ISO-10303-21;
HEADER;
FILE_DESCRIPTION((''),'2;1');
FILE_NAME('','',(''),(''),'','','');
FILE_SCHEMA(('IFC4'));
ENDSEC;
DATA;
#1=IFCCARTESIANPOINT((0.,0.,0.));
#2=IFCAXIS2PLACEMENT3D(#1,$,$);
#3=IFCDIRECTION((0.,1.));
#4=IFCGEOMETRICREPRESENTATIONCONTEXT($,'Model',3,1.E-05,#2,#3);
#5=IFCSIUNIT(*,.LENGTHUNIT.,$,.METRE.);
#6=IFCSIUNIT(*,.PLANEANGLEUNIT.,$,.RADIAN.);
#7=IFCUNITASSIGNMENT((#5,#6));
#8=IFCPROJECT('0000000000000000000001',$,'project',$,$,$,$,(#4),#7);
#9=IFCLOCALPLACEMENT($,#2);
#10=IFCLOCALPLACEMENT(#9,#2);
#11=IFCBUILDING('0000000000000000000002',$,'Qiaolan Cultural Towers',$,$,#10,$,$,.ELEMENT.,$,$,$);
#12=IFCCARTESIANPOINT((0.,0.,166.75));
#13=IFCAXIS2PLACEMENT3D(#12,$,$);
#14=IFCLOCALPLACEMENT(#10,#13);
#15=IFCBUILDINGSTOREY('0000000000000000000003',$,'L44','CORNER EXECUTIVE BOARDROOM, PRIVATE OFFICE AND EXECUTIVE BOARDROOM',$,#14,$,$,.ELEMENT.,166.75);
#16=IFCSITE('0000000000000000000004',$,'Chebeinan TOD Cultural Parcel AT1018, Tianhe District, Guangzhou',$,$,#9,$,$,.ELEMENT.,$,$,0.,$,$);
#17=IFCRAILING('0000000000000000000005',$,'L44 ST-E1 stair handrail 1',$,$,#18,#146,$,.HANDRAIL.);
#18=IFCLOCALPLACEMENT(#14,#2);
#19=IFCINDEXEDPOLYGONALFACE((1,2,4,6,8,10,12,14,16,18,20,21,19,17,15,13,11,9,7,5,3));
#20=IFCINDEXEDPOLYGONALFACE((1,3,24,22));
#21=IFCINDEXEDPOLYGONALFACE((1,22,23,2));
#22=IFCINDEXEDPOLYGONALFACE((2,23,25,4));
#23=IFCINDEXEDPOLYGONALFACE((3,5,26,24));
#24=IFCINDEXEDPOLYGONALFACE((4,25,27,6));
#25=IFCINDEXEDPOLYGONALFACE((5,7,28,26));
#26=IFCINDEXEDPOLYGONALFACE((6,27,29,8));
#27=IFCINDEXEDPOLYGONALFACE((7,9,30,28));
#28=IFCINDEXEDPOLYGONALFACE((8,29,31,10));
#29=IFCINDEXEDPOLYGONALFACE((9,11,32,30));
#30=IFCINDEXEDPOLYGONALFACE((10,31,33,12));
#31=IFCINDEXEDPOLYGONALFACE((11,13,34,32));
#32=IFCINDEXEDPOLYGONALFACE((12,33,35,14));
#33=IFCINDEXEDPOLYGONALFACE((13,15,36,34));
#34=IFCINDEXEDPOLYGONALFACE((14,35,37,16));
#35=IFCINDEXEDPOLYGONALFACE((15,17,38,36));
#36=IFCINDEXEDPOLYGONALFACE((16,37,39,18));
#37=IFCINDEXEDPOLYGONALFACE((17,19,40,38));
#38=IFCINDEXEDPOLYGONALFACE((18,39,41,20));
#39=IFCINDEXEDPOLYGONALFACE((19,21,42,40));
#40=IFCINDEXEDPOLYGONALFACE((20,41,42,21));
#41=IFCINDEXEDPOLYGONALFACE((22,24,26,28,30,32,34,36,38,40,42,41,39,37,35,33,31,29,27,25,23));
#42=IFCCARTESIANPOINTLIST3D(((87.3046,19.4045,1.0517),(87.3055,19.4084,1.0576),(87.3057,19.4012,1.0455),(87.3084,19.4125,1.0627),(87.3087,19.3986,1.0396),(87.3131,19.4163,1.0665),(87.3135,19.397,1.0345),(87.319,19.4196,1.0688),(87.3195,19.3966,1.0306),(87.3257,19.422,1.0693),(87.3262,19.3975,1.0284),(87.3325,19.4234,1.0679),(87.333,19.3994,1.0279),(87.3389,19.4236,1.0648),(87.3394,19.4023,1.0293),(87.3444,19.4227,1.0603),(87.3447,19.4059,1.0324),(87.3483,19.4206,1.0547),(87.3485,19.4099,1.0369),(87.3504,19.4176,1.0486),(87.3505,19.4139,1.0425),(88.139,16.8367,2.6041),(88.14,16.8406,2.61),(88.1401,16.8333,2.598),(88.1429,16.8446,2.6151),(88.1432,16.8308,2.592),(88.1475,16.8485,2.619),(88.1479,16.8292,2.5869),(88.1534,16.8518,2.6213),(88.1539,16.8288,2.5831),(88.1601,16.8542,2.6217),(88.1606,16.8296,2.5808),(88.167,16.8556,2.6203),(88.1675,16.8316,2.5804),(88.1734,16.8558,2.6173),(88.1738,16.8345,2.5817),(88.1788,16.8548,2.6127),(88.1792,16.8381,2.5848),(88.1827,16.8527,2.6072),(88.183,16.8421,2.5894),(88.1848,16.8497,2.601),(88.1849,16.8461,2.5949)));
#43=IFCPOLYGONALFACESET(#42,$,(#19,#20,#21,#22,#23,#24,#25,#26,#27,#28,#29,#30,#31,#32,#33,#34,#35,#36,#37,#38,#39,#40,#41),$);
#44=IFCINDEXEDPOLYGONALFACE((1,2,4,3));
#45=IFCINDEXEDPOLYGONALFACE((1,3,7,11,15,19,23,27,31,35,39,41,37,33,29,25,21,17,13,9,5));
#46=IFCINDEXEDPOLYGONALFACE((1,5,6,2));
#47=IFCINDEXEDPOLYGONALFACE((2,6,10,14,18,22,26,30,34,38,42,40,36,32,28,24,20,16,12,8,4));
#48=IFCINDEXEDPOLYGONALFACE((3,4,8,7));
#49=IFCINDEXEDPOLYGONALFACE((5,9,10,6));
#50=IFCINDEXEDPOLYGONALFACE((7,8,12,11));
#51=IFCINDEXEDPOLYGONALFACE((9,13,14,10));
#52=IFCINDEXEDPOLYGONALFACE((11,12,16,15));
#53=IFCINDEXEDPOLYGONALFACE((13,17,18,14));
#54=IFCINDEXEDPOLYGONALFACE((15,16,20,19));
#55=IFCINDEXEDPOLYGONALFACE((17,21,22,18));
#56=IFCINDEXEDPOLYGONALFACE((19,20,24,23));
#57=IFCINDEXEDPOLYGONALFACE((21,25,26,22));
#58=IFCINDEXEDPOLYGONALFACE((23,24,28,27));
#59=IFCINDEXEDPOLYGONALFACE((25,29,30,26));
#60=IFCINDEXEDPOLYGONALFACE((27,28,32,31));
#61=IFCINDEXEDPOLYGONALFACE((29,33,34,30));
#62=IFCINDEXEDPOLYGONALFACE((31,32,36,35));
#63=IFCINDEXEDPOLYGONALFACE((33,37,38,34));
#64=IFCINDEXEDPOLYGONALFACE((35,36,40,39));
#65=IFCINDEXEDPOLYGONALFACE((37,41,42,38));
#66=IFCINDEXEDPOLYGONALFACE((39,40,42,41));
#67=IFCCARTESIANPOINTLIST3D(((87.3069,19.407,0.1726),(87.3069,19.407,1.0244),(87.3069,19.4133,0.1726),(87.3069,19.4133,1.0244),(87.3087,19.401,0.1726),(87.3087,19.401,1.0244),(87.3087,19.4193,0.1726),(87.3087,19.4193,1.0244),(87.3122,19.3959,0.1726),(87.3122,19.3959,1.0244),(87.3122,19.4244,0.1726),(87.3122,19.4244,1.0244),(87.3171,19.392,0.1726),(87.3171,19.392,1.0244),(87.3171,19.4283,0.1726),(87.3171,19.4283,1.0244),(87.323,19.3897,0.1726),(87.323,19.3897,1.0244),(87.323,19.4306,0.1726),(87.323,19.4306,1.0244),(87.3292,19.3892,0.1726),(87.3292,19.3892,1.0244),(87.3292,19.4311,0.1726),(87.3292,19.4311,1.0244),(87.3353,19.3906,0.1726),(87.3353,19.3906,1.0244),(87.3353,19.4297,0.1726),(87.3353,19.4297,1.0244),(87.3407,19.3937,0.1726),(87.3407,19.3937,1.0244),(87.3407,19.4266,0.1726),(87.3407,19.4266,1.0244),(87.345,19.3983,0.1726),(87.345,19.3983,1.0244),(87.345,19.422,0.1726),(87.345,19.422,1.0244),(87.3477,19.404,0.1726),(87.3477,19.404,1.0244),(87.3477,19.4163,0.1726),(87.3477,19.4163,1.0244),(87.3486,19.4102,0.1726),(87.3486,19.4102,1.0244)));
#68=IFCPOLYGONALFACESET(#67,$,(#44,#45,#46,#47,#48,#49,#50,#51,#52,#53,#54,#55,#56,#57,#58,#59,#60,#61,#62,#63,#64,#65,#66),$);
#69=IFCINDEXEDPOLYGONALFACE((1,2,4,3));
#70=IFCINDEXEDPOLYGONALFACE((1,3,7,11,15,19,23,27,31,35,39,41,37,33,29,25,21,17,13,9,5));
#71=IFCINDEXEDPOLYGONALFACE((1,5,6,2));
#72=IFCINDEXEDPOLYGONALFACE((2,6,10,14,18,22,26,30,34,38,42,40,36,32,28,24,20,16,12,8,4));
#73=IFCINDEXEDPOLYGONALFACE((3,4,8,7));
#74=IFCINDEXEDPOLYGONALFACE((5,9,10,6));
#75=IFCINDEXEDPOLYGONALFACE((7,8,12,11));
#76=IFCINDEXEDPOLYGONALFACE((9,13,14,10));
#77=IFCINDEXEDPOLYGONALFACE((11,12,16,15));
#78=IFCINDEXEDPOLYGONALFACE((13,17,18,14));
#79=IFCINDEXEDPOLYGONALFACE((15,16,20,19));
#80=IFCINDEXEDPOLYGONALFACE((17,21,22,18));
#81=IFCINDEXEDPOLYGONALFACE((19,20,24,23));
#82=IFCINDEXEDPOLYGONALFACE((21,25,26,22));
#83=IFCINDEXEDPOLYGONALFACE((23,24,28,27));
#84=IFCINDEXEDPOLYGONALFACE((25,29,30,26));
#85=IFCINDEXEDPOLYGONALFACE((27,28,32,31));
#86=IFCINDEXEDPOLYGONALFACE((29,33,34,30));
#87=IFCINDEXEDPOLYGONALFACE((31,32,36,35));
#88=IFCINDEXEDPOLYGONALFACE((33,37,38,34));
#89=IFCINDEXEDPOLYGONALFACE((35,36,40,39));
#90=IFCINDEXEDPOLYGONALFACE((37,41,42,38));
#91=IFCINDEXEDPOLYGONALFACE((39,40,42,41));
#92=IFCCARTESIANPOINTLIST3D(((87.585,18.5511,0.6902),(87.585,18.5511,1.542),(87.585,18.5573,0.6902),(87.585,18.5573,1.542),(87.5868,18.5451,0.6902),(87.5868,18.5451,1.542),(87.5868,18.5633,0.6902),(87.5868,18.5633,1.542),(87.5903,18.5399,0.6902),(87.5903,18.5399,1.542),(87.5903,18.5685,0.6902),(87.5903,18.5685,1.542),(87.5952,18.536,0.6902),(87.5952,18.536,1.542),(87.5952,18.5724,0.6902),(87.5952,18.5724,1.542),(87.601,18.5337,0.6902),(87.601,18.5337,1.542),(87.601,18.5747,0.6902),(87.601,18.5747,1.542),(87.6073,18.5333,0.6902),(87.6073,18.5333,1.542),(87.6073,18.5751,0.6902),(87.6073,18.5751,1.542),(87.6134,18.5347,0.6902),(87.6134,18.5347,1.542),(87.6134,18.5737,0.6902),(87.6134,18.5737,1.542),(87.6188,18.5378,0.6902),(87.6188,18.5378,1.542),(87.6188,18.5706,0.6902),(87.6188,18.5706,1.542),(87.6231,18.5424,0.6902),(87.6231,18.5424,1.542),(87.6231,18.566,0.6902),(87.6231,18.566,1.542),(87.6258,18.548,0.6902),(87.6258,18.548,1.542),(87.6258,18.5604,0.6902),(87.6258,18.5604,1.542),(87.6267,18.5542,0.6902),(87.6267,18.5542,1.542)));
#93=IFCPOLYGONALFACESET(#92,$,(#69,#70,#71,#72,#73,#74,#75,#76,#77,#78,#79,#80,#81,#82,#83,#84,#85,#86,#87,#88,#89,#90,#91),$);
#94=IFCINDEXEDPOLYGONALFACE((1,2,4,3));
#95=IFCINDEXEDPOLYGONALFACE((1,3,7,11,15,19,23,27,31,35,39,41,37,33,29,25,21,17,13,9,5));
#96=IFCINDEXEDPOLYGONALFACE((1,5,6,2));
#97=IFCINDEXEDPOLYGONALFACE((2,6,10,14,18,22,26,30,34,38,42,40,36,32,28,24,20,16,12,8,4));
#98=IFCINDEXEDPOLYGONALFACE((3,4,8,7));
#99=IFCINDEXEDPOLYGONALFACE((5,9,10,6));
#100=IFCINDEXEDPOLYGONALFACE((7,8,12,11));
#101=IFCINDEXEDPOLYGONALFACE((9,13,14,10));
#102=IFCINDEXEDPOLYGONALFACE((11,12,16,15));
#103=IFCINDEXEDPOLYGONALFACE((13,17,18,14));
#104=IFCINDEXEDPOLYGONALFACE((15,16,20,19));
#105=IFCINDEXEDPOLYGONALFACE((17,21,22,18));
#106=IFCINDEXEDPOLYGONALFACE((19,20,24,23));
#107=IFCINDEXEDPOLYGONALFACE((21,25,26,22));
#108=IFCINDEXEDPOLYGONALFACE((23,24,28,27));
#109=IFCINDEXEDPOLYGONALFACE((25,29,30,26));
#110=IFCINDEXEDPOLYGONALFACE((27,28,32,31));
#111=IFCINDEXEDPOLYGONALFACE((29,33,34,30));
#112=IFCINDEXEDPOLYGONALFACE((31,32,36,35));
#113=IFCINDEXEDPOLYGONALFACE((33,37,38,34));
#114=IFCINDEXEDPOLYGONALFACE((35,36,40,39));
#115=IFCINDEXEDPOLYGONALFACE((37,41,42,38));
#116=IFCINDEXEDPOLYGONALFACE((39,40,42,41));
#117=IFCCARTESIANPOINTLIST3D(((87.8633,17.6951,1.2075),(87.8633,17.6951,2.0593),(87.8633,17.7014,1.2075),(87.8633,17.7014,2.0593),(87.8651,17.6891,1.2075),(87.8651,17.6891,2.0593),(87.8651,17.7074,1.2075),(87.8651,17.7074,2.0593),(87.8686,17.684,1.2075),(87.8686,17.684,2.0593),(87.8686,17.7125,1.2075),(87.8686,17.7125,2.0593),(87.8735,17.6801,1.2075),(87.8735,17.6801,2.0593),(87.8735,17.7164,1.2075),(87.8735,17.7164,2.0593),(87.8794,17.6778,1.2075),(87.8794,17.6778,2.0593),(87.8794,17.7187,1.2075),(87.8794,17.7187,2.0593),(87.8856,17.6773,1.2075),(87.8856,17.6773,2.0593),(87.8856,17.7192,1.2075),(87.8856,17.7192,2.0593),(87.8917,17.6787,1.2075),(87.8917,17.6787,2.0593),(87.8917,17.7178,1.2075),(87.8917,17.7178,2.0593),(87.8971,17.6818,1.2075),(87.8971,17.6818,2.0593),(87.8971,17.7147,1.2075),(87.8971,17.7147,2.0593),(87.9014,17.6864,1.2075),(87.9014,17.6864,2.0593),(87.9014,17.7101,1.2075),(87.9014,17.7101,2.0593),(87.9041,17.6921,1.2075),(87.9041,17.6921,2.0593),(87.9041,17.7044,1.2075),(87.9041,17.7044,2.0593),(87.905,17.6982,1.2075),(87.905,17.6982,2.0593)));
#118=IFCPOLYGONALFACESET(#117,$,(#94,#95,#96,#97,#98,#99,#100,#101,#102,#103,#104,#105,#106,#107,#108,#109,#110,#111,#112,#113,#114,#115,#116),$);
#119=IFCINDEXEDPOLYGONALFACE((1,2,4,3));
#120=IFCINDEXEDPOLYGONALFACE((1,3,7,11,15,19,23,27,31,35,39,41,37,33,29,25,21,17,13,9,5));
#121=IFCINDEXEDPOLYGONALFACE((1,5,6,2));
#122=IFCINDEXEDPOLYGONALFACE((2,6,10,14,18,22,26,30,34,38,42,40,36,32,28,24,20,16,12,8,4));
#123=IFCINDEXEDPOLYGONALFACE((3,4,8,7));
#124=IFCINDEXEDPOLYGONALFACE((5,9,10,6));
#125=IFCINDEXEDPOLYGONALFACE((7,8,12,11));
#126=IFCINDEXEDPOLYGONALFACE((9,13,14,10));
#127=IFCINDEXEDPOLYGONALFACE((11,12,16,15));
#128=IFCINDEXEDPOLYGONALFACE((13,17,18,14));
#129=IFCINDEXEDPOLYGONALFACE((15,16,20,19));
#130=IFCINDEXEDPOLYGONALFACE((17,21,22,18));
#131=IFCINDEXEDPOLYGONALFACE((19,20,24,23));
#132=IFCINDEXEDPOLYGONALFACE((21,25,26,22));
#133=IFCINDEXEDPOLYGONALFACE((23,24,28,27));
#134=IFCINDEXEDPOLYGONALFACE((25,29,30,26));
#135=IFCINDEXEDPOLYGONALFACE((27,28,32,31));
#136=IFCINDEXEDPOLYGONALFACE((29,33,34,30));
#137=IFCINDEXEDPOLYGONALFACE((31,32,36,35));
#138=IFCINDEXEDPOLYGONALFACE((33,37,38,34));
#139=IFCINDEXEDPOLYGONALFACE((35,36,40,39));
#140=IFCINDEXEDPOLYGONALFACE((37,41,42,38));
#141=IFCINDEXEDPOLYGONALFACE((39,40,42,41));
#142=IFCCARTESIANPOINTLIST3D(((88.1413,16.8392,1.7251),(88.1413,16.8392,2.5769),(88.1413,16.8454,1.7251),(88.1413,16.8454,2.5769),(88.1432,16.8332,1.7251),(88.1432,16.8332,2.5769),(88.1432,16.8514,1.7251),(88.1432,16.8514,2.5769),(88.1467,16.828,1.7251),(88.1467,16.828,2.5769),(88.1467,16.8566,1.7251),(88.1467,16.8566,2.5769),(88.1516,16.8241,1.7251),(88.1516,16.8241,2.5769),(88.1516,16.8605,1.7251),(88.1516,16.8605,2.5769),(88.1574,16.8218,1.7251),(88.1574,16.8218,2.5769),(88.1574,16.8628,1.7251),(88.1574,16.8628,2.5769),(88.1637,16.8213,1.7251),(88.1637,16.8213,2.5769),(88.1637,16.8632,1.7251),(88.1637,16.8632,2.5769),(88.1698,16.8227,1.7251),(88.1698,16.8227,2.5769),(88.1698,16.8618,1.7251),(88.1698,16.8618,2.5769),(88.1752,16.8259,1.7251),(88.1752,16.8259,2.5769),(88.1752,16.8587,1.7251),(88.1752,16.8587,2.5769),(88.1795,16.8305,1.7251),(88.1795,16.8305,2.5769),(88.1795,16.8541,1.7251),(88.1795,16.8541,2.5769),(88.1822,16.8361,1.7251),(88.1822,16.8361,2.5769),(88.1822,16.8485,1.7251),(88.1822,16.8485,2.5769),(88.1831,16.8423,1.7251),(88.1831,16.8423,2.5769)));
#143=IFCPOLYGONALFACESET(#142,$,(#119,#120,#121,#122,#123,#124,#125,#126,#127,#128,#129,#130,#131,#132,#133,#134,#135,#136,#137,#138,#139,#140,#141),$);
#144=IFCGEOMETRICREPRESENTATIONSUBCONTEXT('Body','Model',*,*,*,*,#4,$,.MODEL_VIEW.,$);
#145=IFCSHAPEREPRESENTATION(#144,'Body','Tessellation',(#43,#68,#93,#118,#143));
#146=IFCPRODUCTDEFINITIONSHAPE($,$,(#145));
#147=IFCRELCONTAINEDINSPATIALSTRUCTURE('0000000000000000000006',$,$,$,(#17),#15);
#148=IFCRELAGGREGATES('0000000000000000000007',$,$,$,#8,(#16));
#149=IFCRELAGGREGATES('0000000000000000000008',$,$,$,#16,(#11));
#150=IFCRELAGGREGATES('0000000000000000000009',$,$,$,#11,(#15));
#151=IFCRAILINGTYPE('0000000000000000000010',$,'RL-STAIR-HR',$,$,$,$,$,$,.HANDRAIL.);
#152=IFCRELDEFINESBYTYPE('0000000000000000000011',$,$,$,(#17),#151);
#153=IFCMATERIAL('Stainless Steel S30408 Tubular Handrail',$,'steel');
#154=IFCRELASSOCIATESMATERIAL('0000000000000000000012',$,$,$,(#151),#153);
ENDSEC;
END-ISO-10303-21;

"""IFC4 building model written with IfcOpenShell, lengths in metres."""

from ifc_helpers import new_model, si_unit, direction, frame, origin, origin_2d, place, context, subcontext, project, spatial, circle, extrude, material, type_object, element, save


model = new_model("IFC4")

# Units and contexts
model_context = context("Model", 3, precision=1e-05, world=origin(), true_north=direction((0.0, 1.0)))
body_context = subcontext(model_context, "Body", "Model", "MODEL_VIEW")
ifc_project = project(units=[si_unit("LENGTHUNIT", "METRE"), si_unit("PLANEANGLEUNIT", "RADIAN")], contexts=[model_context])

# Site, building, storey
site_placement = place(None, origin())
site = spatial("IfcSite", under=ifc_project, at=site_placement, Name="Chebeinan TOD Cultural Parcel AT1018, Tianhe District, Guangzhou", CompositionType="ELEMENT", RefElevation=0.0)
building_placement = place(site_placement, origin())
building = spatial("IfcBuilding", under=site, at=building_placement, Name="Qiaolan Cultural Towers", CompositionType="ELEMENT")
storey_placement = place(building_placement, frame((0.0, 0.0, 166.75)))
storey = spatial("IfcBuildingStorey", under=building, at=storey_placement, Name="L44", Description="CORNER EXECUTIVE BOARDROOM, PRIVATE OFFICE AND EXECUTIVE BOARDROOM", CompositionType="ELEMENT", Elevation=166.75)

# Railing
ifc_material_1 = material(Name="Stainless Steel S30408 Tubular Handrail", Category="steel")
railing_type_1 = type_object("IfcRailingType", Name="RL-STAIR-HR", PredefinedType="HANDRAIL", material=ifc_material_1)
railing_1_placement = place(storey_placement, frame((87.3276, 19.4102, 0.1726)))
element("IfcRailing", 1, at=railing_1_placement, inside=storey, type_object=railing_type_1, Name="L44 ST-E1 stair handrail 1", PredefinedType="HANDRAIL", context=body_context, shape_type="SweptSolid", body=[
    extrude(circle(Radius=0.0239, at=origin_2d()), frame((0.0, 0.0, 0.876), z_axis=(0.267926, -0.824471, 0.498461), x_axis=(0.951043, 0.309057, 0.0)), (0.0, 0.0, 1.0), 3.1145),
    extrude(circle(Radius=0.021, at=origin_2d()), origin(), (0.0, 0.0, 1.0), 0.8518),
    extrude(circle(Radius=0.021, at=origin_2d()), frame((0.2781, -0.856, 0.5176)), (0.0, 0.0, 1.0), 0.8518),
    extrude(circle(Radius=0.021, at=origin_2d()), frame((0.5564, -1.7119, 1.0349)), (0.0, 0.0, 1.0), 0.8518),
    extrude(circle(Radius=0.021, at=origin_2d()), frame((0.8345, -2.5679, 1.5525)), (0.0, 0.0, 1.0), 0.8518),
])

save(model, "model.ifc")
